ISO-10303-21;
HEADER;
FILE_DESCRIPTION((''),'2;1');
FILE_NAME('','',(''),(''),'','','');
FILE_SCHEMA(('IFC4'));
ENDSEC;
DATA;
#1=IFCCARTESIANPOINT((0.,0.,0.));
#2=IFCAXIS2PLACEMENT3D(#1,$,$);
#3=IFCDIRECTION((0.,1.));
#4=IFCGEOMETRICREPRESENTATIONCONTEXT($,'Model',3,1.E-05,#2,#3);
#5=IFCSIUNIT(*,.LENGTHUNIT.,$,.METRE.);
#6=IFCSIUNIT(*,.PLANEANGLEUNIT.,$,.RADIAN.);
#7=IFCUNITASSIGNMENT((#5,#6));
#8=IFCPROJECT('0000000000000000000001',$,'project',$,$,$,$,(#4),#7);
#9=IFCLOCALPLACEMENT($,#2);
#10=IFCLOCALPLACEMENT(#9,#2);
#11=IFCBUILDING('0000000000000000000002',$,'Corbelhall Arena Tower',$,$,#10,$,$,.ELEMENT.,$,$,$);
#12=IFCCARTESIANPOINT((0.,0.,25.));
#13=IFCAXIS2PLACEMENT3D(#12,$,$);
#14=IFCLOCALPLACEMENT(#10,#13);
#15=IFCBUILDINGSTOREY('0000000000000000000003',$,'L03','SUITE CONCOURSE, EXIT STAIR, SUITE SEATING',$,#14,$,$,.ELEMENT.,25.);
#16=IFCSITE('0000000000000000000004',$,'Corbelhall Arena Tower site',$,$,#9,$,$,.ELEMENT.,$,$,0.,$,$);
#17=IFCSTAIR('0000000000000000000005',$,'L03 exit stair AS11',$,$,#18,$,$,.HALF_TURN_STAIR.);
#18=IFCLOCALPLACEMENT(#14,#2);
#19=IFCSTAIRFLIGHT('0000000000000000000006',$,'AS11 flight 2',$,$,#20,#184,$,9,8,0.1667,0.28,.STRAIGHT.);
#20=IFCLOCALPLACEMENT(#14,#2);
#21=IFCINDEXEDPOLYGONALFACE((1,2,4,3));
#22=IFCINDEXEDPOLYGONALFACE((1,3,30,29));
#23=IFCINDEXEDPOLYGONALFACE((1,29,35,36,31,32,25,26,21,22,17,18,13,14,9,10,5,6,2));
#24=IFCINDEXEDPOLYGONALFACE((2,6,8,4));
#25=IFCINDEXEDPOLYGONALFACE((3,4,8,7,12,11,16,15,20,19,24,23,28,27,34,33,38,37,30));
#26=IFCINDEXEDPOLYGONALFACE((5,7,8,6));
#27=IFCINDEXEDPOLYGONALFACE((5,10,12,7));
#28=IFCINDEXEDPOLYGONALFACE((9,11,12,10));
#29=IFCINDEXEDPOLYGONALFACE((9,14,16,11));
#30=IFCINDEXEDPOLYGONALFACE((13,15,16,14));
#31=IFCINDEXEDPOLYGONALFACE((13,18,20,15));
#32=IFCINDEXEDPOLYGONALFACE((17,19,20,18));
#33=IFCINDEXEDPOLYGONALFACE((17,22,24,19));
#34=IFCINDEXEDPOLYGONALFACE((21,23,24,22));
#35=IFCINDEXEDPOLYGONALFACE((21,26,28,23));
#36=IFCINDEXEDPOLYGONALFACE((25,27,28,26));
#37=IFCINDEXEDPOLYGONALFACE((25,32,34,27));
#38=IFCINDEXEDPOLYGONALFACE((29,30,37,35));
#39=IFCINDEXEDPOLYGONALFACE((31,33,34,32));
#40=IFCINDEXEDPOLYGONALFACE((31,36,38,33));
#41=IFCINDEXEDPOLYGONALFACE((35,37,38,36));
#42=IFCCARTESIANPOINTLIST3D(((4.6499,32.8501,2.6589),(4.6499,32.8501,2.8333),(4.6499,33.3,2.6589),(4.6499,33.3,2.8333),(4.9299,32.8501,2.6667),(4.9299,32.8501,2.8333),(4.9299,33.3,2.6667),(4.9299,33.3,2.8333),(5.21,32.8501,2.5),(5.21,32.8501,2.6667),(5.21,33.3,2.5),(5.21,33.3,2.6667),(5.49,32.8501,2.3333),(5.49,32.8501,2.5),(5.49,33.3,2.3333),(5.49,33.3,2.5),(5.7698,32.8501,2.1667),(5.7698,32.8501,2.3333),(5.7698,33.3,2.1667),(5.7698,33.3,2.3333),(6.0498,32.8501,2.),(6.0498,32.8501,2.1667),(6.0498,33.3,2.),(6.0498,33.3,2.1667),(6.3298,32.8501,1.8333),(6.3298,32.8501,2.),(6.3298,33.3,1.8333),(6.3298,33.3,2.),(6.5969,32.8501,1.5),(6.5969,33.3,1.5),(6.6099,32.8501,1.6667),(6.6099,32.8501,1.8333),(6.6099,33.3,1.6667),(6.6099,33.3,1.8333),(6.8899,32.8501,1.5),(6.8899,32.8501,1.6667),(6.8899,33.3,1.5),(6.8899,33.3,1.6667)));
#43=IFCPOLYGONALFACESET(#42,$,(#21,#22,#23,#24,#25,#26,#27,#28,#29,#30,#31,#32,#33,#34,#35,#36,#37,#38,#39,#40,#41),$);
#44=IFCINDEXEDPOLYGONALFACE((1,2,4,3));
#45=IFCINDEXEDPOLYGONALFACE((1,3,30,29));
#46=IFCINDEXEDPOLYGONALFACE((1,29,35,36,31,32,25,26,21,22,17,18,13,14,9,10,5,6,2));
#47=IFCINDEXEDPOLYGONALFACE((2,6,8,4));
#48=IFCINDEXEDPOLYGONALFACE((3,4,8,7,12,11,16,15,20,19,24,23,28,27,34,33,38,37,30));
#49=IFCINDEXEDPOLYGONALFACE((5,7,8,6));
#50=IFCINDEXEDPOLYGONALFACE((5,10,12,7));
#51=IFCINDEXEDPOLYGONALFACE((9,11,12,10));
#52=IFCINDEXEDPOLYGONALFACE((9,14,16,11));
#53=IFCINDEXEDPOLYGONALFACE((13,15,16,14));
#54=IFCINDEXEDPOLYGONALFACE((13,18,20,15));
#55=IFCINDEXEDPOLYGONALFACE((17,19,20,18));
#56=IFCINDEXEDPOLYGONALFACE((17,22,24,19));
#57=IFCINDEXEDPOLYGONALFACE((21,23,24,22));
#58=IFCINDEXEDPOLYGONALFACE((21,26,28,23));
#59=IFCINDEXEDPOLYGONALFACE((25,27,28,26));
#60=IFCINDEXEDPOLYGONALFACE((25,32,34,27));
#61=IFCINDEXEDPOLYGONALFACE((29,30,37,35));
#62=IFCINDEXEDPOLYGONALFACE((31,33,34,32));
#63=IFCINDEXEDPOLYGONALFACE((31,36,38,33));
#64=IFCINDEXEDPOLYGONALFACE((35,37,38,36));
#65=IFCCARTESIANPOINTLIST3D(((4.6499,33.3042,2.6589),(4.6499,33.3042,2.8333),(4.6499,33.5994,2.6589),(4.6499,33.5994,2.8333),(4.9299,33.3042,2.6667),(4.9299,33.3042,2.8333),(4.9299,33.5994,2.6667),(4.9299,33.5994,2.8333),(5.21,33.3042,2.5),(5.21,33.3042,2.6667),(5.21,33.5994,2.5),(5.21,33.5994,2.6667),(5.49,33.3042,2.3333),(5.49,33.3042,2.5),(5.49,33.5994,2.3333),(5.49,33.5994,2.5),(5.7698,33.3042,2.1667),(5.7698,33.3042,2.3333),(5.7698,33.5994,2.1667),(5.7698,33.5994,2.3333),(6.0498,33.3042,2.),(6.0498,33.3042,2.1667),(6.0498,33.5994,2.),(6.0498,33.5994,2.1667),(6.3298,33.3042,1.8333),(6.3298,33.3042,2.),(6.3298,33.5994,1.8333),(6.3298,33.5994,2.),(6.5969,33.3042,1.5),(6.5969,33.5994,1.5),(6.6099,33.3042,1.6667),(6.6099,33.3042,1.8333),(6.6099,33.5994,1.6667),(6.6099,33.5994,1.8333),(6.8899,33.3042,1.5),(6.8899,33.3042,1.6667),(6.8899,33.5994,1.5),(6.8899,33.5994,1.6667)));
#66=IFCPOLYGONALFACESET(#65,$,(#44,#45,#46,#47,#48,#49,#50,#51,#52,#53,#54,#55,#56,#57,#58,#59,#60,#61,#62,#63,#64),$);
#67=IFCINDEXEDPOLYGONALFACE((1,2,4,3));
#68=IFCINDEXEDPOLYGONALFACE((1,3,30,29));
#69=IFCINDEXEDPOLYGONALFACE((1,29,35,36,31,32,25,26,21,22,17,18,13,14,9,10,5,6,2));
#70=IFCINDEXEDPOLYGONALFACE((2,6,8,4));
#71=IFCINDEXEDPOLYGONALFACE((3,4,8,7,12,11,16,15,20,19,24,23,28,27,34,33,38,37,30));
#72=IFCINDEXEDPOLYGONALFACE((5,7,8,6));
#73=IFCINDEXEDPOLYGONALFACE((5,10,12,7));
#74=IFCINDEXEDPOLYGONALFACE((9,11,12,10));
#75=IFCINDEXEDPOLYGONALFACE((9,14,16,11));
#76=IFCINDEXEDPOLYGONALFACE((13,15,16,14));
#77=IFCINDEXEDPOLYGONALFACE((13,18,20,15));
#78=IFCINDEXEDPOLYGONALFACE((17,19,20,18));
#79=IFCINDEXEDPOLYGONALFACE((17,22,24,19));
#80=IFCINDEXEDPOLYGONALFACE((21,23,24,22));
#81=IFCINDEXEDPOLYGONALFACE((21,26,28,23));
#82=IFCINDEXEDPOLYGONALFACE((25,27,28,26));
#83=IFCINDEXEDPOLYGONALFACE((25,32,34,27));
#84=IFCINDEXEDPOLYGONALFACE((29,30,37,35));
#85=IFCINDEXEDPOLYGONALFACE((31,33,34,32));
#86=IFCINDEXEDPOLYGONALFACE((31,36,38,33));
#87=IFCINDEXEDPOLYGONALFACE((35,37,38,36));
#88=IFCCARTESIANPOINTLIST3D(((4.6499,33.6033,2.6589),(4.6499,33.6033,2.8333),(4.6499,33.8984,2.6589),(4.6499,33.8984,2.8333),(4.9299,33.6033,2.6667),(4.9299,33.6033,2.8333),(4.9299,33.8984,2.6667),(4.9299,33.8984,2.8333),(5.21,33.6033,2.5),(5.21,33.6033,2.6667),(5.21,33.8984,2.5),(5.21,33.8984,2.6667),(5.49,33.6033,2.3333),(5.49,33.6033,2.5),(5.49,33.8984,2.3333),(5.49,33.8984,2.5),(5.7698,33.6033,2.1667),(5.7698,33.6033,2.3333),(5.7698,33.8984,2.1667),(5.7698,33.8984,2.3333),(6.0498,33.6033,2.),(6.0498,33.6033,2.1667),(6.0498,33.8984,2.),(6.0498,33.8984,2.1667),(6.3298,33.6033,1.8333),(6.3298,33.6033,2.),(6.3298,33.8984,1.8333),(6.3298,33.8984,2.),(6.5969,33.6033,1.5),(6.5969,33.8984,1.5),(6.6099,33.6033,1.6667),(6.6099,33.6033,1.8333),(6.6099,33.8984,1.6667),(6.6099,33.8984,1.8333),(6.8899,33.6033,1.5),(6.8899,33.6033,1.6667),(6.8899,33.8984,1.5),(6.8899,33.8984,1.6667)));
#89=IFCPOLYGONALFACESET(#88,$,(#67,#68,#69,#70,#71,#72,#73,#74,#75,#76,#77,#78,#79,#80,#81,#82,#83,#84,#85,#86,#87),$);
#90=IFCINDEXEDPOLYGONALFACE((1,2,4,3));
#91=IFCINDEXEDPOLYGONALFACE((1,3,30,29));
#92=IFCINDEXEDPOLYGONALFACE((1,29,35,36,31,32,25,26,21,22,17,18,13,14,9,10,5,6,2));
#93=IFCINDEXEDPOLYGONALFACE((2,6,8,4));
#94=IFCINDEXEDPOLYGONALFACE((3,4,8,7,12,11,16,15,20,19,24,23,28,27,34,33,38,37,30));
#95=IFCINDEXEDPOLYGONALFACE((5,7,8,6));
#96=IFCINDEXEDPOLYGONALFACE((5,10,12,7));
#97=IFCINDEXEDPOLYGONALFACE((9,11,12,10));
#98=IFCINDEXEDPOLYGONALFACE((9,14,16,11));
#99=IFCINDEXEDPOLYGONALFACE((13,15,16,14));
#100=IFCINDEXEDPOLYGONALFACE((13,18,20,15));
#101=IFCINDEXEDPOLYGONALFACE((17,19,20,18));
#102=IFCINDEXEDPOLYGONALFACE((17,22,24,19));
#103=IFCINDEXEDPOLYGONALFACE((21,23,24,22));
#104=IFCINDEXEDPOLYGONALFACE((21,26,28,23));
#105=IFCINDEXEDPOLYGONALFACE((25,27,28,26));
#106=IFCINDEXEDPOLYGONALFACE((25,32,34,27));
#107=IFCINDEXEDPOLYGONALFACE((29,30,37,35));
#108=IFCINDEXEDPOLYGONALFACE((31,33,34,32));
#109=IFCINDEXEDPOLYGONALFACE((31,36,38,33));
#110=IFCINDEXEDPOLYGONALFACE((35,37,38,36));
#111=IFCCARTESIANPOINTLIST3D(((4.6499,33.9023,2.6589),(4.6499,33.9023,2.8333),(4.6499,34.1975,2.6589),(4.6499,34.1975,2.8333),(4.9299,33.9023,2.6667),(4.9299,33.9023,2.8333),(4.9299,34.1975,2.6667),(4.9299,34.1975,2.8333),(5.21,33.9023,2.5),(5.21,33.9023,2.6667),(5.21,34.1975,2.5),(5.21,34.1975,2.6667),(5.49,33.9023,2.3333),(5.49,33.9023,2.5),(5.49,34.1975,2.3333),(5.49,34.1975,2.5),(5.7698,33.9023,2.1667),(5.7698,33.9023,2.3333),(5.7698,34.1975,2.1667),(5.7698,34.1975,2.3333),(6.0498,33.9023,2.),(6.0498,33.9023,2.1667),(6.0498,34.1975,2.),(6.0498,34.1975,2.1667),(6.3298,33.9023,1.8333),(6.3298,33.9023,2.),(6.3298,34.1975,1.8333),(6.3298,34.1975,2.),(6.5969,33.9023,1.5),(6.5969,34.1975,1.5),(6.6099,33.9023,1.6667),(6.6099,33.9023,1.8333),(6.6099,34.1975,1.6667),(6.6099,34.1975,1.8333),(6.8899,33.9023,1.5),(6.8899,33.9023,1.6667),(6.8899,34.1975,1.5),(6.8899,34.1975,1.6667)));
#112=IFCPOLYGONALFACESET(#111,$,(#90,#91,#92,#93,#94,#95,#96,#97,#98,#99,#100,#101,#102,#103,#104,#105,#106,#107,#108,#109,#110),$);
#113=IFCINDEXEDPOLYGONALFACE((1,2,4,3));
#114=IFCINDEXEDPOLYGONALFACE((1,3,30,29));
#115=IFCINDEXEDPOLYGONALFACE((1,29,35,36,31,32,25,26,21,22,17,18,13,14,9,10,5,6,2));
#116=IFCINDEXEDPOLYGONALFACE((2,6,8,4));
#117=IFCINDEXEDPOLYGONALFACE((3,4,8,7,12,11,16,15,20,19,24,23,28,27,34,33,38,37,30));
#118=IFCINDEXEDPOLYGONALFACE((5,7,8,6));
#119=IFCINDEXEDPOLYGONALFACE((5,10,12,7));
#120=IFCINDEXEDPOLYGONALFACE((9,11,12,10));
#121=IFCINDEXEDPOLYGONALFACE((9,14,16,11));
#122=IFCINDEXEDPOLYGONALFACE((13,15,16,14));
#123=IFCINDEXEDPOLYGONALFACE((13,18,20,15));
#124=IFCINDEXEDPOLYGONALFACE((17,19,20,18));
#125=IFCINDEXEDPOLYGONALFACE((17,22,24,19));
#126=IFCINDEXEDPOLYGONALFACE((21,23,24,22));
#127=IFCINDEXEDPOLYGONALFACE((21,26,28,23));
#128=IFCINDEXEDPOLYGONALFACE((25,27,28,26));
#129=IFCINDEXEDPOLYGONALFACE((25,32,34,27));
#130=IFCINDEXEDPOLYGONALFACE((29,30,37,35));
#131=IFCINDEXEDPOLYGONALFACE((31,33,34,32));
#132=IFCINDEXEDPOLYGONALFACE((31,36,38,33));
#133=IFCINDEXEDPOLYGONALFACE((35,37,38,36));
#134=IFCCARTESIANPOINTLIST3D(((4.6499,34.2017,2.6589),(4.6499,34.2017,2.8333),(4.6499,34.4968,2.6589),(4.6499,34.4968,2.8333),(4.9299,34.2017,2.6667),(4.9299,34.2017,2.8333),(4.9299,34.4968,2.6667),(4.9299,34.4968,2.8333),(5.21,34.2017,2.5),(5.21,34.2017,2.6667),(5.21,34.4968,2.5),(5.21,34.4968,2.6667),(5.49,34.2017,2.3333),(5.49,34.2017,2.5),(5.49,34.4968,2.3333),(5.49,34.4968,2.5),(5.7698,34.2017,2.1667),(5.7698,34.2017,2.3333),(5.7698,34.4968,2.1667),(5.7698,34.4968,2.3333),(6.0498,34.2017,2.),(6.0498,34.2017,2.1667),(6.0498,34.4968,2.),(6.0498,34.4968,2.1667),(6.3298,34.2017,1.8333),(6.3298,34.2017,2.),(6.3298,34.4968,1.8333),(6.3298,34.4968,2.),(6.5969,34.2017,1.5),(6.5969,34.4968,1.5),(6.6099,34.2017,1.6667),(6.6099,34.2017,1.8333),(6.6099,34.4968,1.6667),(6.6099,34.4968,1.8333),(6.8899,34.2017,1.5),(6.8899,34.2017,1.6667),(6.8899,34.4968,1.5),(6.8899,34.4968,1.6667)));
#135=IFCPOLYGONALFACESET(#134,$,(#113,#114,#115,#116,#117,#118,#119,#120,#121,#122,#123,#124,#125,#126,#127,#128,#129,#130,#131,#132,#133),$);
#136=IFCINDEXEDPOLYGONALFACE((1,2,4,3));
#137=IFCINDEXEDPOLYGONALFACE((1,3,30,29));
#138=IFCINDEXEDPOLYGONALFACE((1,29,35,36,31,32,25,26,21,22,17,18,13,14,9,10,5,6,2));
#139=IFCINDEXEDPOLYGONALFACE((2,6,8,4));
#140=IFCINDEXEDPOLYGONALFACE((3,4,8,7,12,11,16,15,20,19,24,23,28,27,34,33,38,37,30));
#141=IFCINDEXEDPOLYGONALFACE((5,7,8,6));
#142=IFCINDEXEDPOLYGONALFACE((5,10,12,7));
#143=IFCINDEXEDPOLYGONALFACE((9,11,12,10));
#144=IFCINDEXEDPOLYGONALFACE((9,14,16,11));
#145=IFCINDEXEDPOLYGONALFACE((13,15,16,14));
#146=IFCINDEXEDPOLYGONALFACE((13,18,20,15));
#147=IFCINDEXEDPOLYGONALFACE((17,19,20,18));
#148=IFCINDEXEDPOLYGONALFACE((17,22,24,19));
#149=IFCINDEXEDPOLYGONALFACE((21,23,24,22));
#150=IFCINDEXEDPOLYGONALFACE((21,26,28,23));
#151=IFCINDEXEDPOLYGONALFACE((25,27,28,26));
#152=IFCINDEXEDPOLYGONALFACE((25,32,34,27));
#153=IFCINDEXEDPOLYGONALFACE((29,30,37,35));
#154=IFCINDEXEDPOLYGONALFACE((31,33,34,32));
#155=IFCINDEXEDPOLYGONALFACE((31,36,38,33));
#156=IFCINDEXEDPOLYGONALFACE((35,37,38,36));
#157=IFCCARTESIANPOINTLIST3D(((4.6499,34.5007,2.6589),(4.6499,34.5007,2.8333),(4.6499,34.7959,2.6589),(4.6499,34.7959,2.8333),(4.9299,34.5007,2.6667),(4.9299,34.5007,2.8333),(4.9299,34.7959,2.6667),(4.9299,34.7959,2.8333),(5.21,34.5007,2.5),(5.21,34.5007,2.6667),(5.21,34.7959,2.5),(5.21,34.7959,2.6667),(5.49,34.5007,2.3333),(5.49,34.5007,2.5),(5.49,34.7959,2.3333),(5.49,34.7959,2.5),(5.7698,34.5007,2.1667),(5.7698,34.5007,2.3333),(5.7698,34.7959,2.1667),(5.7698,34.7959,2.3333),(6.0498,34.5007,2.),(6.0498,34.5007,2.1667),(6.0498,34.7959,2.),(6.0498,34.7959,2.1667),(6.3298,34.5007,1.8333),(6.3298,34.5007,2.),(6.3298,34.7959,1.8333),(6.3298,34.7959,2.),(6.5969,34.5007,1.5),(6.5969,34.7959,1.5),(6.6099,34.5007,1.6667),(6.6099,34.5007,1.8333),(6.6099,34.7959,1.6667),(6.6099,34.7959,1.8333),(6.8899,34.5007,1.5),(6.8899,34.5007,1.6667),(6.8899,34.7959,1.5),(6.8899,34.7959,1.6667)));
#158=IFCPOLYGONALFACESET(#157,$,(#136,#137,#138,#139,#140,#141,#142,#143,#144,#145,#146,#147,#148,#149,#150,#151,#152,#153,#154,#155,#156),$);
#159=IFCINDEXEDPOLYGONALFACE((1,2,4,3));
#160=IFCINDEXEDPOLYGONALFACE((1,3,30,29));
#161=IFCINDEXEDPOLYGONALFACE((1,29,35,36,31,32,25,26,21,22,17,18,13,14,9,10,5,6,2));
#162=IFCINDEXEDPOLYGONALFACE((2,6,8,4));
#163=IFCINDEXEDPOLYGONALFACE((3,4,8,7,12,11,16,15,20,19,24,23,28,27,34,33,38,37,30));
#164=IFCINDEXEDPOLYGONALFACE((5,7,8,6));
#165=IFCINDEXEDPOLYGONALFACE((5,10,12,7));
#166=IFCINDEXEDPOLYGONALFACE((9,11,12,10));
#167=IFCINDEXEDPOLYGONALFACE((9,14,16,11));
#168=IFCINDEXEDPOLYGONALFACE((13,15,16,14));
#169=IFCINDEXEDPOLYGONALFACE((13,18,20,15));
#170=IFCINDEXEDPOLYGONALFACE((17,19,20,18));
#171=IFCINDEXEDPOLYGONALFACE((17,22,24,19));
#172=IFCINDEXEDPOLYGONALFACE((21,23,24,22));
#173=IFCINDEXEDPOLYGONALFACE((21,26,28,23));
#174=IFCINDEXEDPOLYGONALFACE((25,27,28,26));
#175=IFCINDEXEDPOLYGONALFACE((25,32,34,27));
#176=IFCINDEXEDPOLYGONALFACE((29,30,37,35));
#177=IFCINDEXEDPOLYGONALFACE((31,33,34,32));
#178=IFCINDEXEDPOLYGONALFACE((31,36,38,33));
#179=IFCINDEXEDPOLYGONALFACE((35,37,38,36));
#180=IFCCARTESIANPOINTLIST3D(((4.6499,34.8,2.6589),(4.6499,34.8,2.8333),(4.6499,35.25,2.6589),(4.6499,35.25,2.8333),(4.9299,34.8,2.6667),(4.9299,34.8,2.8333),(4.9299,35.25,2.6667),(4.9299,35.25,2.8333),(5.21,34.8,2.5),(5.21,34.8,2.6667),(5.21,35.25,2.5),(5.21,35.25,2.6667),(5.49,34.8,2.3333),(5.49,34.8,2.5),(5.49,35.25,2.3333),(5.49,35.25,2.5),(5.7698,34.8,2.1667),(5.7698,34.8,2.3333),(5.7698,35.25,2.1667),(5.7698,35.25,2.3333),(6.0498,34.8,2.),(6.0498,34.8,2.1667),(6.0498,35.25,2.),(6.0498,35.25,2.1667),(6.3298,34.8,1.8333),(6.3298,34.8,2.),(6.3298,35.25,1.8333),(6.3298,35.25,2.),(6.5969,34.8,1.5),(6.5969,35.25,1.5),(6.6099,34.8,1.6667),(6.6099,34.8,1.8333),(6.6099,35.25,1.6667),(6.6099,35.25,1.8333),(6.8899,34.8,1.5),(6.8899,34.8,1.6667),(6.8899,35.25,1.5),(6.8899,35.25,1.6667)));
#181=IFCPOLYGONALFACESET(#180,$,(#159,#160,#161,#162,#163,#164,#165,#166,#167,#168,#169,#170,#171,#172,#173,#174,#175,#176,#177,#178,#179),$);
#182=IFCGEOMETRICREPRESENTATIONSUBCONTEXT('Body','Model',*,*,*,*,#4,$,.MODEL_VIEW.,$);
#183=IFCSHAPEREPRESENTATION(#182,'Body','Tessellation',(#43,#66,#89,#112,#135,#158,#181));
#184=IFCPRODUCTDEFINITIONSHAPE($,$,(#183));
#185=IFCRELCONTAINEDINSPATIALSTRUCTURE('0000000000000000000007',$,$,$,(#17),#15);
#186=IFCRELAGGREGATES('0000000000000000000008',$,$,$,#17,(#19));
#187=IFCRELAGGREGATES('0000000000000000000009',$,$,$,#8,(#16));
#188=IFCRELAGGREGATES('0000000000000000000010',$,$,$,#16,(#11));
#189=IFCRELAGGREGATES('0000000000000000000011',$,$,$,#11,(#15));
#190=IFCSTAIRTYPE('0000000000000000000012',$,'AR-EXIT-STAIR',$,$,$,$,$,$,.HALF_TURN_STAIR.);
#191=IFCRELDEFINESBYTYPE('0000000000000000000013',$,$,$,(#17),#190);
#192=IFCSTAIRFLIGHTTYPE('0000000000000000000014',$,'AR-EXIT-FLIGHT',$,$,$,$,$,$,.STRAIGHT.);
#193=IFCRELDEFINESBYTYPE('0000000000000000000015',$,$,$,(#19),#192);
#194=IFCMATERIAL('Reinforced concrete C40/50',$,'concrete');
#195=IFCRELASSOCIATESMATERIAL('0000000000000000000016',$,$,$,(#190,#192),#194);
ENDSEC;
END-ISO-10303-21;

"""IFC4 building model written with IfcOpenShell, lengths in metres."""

from ifc_helpers import new_model, si_unit, direction, frame, origin, place, context, subcontext, project, spatial, polyline, outline, extrude, material, type_object, element, aggregate, save


model = new_model("IFC4")

# Units and contexts
model_context = context("Model", 3, precision=1e-05, world=origin(), true_north=direction((0.0, 1.0)))
body_context = subcontext(model_context, "Body", "Model", "MODEL_VIEW")
ifc_project = project(units=[si_unit("LENGTHUNIT", "METRE"), si_unit("PLANEANGLEUNIT", "RADIAN")], contexts=[model_context])

# Site, building, storey
site_placement = place(None, origin())
site = spatial("IfcSite", under=ifc_project, at=site_placement, Name="Corbelhall Arena Tower site", CompositionType="ELEMENT", RefElevation=0.0)
building_placement = place(site_placement, origin())
building = spatial("IfcBuilding", under=site, at=building_placement, Name="Corbelhall Arena Tower", CompositionType="ELEMENT")
storey_placement = place(building_placement, frame((0.0, 0.0, 25.0)))
storey = spatial("IfcBuildingStorey", under=building, at=storey_placement, Name="L03", Description="SUITE CONCOURSE, EXIT STAIR, SUITE SEATING", CompositionType="ELEMENT", Elevation=25.0)

# Shared definitions
ifc_material_1 = material(Name="Reinforced concrete C40/50", Category="concrete")

# Stair, stair flight
stair_type = type_object("IfcStairType", Name="AR-EXIT-STAIR", PredefinedType="HALF_TURN_STAIR", material=ifc_material_1)
stair_1_placement = place(storey_placement, origin())
stair_1 = element("IfcStair", 1, at=stair_1_placement, inside=storey, type_object=stair_type, Name="L03 exit stair AS11", PredefinedType="HALF_TURN_STAIR")
stair_flight_type = type_object("IfcStairFlightType", Name="AR-EXIT-FLIGHT", PredefinedType="STRAIGHT", material=ifc_material_1)
stair_flight_1_placement = place(storey_placement, frame((6.8899, 34.05, 1.5), z_axis=(0.0, 0.0, 1.0), x_axis=(-1.0, 0.0, 0.0)))
stair_flight_1 = element("IfcStairFlight", 2, at=stair_flight_1_placement, type_object=stair_flight_type, Name="AS11 flight 2", NumberOfRisers=9, NumberOfTreads=8, PredefinedType="STRAIGHT", RiserHeight=0.1667, TreadLength=0.28, context=body_context, shape_type="SweptSolid", body=[
    extrude(outline(polyline([(0.0, 0.0), (0.0, 0.1667), (0.28, 0.1667), (0.28, 0.3333), (0.5601, 0.3333), (0.5601, 0.5), (0.8401, 0.5), (0.8401, 0.6667), (1.1201, 0.6667), (1.1201, 0.8333), (1.3999, 0.8333), (1.3999, 1.0), (1.6799, 1.0), (1.6799, 1.1667), (1.96, 1.1667), (1.96, 1.3333), (2.24, 1.3333), (2.24, 1.5), (2.24, 1.1589), (0.293, 0.0), (0.0, 0.0)])), frame((0.0, 1.2, 0.0), z_axis=(0.0, -1.0, 0.0), x_axis=(1.0, 0.0, 0.0)), (0.0, 0.0, 1.0), 0.45),
    extrude(outline(polyline([(0.0, 0.0), (0.0, 0.1667), (0.28, 0.1667), (0.28, 0.3333), (0.5601, 0.3333), (0.5601, 0.5), (0.8401, 0.5), (0.8401, 0.6667), (1.1201, 0.6667), (1.1201, 0.8333), (1.3999, 0.8333), (1.3999, 1.0), (1.6799, 1.0), (1.6799, 1.1667), (1.96, 1.1667), (1.96, 1.3333), (2.24, 1.3333), (2.24, 1.5), (2.24, 1.1589), (0.293, 0.0), (0.0, 0.0)])), frame((0.0, 0.7458, 0.0), z_axis=(0.0, -1.0, 0.0), x_axis=(1.0, 0.0, 0.0)), (0.0, 0.0, 1.0), 0.2952),
    extrude(outline(polyline([(0.0, 0.0), (0.0, 0.1667), (0.28, 0.1667), (0.28, 0.3333), (0.5601, 0.3333), (0.5601, 0.5), (0.8401, 0.5), (0.8401, 0.6667), (1.1201, 0.6667), (1.1201, 0.8333), (1.3999, 0.8333), (1.3999, 1.0), (1.6799, 1.0), (1.6799, 1.1667), (1.96, 1.1667), (1.96, 1.3333), (2.24, 1.3333), (2.24, 1.5), (2.24, 1.1589), (0.293, 0.0), (0.0, 0.0)])), frame((0.0, 0.4468, 0.0), z_axis=(0.0, -1.0, 0.0), x_axis=(1.0, 0.0, 0.0)), (0.0, 0.0, 1.0), 0.2952),
    extrude(outline(polyline([(0.0, 0.0), (0.0, 0.1667), (0.28, 0.1667), (0.28, 0.3333), (0.5601, 0.3333), (0.5601, 0.5), (0.8401, 0.5), (0.8401, 0.6667), (1.1201, 0.6667), (1.1201, 0.8333), (1.3999, 0.8333), (1.3999, 1.0), (1.6799, 1.0), (1.6799, 1.1667), (1.96, 1.1667), (1.96, 1.3333), (2.24, 1.3333), (2.24, 1.5), (2.24, 1.1589), (0.293, 0.0), (0.0, 0.0)])), frame((0.0, 0.1477, 0.0), z_axis=(0.0, -1.0, 0.0), x_axis=(1.0, 0.0, 0.0)), (0.0, 0.0, 1.0), 0.2952),
    extrude(outline(polyline([(0.0, 0.0), (0.0, 0.1667), (0.28, 0.1667), (0.28, 0.3333), (0.5601, 0.3333), (0.5601, 0.5), (0.8401, 0.5), (0.8401, 0.6667), (1.1201, 0.6667), (1.1201, 0.8333), (1.3999, 0.8333), (1.3999, 1.0), (1.6799, 1.0), (1.6799, 1.1667), (1.96, 1.1667), (1.96, 1.3333), (2.24, 1.3333), (2.24, 1.5), (2.24, 1.1589), (0.293, 0.0), (0.0, 0.0)])), frame((0.0, -0.1516, 0.0), z_axis=(0.0, -1.0, 0.0), x_axis=(1.0, 0.0, 0.0)), (0.0, 0.0, 1.0), 0.2952),
    extrude(outline(polyline([(0.0, 0.0), (0.0, 0.1667), (0.28, 0.1667), (0.28, 0.3333), (0.5601, 0.3333), (0.5601, 0.5), (0.8401, 0.5), (0.8401, 0.6667), (1.1201, 0.6667), (1.1201, 0.8333), (1.3999, 0.8333), (1.3999, 1.0), (1.6799, 1.0), (1.6799, 1.1667), (1.96, 1.1667), (1.96, 1.3333), (2.24, 1.3333), (2.24, 1.5), (2.24, 1.1589), (0.293, 0.0), (0.0, 0.0)])), frame((0.0, -0.4507, 0.0), z_axis=(0.0, -1.0, 0.0), x_axis=(1.0, 0.0, 0.0)), (0.0, 0.0, 1.0), 0.2952),
    extrude(outline(polyline([(0.0, 0.0), (0.0, 0.1667), (0.28, 0.1667), (0.28, 0.3333), (0.5601, 0.3333), (0.5601, 0.5), (0.8401, 0.5), (0.8401, 0.6667), (1.1201, 0.6667), (1.1201, 0.8333), (1.3999, 0.8333), (1.3999, 1.0), (1.6799, 1.0), (1.6799, 1.1667), (1.96, 1.1667), (1.96, 1.3333), (2.24, 1.3333), (2.24, 1.5), (2.24, 1.1589), (0.293, 0.0), (0.0, 0.0)])), frame((0.0, -0.75, 0.0), z_axis=(0.0, -1.0, 0.0), x_axis=(1.0, 0.0, 0.0)), (0.0, 0.0, 1.0), 0.45),
])
aggregate(stair_1, [stair_flight_1])

save(model, "model.ifc")
